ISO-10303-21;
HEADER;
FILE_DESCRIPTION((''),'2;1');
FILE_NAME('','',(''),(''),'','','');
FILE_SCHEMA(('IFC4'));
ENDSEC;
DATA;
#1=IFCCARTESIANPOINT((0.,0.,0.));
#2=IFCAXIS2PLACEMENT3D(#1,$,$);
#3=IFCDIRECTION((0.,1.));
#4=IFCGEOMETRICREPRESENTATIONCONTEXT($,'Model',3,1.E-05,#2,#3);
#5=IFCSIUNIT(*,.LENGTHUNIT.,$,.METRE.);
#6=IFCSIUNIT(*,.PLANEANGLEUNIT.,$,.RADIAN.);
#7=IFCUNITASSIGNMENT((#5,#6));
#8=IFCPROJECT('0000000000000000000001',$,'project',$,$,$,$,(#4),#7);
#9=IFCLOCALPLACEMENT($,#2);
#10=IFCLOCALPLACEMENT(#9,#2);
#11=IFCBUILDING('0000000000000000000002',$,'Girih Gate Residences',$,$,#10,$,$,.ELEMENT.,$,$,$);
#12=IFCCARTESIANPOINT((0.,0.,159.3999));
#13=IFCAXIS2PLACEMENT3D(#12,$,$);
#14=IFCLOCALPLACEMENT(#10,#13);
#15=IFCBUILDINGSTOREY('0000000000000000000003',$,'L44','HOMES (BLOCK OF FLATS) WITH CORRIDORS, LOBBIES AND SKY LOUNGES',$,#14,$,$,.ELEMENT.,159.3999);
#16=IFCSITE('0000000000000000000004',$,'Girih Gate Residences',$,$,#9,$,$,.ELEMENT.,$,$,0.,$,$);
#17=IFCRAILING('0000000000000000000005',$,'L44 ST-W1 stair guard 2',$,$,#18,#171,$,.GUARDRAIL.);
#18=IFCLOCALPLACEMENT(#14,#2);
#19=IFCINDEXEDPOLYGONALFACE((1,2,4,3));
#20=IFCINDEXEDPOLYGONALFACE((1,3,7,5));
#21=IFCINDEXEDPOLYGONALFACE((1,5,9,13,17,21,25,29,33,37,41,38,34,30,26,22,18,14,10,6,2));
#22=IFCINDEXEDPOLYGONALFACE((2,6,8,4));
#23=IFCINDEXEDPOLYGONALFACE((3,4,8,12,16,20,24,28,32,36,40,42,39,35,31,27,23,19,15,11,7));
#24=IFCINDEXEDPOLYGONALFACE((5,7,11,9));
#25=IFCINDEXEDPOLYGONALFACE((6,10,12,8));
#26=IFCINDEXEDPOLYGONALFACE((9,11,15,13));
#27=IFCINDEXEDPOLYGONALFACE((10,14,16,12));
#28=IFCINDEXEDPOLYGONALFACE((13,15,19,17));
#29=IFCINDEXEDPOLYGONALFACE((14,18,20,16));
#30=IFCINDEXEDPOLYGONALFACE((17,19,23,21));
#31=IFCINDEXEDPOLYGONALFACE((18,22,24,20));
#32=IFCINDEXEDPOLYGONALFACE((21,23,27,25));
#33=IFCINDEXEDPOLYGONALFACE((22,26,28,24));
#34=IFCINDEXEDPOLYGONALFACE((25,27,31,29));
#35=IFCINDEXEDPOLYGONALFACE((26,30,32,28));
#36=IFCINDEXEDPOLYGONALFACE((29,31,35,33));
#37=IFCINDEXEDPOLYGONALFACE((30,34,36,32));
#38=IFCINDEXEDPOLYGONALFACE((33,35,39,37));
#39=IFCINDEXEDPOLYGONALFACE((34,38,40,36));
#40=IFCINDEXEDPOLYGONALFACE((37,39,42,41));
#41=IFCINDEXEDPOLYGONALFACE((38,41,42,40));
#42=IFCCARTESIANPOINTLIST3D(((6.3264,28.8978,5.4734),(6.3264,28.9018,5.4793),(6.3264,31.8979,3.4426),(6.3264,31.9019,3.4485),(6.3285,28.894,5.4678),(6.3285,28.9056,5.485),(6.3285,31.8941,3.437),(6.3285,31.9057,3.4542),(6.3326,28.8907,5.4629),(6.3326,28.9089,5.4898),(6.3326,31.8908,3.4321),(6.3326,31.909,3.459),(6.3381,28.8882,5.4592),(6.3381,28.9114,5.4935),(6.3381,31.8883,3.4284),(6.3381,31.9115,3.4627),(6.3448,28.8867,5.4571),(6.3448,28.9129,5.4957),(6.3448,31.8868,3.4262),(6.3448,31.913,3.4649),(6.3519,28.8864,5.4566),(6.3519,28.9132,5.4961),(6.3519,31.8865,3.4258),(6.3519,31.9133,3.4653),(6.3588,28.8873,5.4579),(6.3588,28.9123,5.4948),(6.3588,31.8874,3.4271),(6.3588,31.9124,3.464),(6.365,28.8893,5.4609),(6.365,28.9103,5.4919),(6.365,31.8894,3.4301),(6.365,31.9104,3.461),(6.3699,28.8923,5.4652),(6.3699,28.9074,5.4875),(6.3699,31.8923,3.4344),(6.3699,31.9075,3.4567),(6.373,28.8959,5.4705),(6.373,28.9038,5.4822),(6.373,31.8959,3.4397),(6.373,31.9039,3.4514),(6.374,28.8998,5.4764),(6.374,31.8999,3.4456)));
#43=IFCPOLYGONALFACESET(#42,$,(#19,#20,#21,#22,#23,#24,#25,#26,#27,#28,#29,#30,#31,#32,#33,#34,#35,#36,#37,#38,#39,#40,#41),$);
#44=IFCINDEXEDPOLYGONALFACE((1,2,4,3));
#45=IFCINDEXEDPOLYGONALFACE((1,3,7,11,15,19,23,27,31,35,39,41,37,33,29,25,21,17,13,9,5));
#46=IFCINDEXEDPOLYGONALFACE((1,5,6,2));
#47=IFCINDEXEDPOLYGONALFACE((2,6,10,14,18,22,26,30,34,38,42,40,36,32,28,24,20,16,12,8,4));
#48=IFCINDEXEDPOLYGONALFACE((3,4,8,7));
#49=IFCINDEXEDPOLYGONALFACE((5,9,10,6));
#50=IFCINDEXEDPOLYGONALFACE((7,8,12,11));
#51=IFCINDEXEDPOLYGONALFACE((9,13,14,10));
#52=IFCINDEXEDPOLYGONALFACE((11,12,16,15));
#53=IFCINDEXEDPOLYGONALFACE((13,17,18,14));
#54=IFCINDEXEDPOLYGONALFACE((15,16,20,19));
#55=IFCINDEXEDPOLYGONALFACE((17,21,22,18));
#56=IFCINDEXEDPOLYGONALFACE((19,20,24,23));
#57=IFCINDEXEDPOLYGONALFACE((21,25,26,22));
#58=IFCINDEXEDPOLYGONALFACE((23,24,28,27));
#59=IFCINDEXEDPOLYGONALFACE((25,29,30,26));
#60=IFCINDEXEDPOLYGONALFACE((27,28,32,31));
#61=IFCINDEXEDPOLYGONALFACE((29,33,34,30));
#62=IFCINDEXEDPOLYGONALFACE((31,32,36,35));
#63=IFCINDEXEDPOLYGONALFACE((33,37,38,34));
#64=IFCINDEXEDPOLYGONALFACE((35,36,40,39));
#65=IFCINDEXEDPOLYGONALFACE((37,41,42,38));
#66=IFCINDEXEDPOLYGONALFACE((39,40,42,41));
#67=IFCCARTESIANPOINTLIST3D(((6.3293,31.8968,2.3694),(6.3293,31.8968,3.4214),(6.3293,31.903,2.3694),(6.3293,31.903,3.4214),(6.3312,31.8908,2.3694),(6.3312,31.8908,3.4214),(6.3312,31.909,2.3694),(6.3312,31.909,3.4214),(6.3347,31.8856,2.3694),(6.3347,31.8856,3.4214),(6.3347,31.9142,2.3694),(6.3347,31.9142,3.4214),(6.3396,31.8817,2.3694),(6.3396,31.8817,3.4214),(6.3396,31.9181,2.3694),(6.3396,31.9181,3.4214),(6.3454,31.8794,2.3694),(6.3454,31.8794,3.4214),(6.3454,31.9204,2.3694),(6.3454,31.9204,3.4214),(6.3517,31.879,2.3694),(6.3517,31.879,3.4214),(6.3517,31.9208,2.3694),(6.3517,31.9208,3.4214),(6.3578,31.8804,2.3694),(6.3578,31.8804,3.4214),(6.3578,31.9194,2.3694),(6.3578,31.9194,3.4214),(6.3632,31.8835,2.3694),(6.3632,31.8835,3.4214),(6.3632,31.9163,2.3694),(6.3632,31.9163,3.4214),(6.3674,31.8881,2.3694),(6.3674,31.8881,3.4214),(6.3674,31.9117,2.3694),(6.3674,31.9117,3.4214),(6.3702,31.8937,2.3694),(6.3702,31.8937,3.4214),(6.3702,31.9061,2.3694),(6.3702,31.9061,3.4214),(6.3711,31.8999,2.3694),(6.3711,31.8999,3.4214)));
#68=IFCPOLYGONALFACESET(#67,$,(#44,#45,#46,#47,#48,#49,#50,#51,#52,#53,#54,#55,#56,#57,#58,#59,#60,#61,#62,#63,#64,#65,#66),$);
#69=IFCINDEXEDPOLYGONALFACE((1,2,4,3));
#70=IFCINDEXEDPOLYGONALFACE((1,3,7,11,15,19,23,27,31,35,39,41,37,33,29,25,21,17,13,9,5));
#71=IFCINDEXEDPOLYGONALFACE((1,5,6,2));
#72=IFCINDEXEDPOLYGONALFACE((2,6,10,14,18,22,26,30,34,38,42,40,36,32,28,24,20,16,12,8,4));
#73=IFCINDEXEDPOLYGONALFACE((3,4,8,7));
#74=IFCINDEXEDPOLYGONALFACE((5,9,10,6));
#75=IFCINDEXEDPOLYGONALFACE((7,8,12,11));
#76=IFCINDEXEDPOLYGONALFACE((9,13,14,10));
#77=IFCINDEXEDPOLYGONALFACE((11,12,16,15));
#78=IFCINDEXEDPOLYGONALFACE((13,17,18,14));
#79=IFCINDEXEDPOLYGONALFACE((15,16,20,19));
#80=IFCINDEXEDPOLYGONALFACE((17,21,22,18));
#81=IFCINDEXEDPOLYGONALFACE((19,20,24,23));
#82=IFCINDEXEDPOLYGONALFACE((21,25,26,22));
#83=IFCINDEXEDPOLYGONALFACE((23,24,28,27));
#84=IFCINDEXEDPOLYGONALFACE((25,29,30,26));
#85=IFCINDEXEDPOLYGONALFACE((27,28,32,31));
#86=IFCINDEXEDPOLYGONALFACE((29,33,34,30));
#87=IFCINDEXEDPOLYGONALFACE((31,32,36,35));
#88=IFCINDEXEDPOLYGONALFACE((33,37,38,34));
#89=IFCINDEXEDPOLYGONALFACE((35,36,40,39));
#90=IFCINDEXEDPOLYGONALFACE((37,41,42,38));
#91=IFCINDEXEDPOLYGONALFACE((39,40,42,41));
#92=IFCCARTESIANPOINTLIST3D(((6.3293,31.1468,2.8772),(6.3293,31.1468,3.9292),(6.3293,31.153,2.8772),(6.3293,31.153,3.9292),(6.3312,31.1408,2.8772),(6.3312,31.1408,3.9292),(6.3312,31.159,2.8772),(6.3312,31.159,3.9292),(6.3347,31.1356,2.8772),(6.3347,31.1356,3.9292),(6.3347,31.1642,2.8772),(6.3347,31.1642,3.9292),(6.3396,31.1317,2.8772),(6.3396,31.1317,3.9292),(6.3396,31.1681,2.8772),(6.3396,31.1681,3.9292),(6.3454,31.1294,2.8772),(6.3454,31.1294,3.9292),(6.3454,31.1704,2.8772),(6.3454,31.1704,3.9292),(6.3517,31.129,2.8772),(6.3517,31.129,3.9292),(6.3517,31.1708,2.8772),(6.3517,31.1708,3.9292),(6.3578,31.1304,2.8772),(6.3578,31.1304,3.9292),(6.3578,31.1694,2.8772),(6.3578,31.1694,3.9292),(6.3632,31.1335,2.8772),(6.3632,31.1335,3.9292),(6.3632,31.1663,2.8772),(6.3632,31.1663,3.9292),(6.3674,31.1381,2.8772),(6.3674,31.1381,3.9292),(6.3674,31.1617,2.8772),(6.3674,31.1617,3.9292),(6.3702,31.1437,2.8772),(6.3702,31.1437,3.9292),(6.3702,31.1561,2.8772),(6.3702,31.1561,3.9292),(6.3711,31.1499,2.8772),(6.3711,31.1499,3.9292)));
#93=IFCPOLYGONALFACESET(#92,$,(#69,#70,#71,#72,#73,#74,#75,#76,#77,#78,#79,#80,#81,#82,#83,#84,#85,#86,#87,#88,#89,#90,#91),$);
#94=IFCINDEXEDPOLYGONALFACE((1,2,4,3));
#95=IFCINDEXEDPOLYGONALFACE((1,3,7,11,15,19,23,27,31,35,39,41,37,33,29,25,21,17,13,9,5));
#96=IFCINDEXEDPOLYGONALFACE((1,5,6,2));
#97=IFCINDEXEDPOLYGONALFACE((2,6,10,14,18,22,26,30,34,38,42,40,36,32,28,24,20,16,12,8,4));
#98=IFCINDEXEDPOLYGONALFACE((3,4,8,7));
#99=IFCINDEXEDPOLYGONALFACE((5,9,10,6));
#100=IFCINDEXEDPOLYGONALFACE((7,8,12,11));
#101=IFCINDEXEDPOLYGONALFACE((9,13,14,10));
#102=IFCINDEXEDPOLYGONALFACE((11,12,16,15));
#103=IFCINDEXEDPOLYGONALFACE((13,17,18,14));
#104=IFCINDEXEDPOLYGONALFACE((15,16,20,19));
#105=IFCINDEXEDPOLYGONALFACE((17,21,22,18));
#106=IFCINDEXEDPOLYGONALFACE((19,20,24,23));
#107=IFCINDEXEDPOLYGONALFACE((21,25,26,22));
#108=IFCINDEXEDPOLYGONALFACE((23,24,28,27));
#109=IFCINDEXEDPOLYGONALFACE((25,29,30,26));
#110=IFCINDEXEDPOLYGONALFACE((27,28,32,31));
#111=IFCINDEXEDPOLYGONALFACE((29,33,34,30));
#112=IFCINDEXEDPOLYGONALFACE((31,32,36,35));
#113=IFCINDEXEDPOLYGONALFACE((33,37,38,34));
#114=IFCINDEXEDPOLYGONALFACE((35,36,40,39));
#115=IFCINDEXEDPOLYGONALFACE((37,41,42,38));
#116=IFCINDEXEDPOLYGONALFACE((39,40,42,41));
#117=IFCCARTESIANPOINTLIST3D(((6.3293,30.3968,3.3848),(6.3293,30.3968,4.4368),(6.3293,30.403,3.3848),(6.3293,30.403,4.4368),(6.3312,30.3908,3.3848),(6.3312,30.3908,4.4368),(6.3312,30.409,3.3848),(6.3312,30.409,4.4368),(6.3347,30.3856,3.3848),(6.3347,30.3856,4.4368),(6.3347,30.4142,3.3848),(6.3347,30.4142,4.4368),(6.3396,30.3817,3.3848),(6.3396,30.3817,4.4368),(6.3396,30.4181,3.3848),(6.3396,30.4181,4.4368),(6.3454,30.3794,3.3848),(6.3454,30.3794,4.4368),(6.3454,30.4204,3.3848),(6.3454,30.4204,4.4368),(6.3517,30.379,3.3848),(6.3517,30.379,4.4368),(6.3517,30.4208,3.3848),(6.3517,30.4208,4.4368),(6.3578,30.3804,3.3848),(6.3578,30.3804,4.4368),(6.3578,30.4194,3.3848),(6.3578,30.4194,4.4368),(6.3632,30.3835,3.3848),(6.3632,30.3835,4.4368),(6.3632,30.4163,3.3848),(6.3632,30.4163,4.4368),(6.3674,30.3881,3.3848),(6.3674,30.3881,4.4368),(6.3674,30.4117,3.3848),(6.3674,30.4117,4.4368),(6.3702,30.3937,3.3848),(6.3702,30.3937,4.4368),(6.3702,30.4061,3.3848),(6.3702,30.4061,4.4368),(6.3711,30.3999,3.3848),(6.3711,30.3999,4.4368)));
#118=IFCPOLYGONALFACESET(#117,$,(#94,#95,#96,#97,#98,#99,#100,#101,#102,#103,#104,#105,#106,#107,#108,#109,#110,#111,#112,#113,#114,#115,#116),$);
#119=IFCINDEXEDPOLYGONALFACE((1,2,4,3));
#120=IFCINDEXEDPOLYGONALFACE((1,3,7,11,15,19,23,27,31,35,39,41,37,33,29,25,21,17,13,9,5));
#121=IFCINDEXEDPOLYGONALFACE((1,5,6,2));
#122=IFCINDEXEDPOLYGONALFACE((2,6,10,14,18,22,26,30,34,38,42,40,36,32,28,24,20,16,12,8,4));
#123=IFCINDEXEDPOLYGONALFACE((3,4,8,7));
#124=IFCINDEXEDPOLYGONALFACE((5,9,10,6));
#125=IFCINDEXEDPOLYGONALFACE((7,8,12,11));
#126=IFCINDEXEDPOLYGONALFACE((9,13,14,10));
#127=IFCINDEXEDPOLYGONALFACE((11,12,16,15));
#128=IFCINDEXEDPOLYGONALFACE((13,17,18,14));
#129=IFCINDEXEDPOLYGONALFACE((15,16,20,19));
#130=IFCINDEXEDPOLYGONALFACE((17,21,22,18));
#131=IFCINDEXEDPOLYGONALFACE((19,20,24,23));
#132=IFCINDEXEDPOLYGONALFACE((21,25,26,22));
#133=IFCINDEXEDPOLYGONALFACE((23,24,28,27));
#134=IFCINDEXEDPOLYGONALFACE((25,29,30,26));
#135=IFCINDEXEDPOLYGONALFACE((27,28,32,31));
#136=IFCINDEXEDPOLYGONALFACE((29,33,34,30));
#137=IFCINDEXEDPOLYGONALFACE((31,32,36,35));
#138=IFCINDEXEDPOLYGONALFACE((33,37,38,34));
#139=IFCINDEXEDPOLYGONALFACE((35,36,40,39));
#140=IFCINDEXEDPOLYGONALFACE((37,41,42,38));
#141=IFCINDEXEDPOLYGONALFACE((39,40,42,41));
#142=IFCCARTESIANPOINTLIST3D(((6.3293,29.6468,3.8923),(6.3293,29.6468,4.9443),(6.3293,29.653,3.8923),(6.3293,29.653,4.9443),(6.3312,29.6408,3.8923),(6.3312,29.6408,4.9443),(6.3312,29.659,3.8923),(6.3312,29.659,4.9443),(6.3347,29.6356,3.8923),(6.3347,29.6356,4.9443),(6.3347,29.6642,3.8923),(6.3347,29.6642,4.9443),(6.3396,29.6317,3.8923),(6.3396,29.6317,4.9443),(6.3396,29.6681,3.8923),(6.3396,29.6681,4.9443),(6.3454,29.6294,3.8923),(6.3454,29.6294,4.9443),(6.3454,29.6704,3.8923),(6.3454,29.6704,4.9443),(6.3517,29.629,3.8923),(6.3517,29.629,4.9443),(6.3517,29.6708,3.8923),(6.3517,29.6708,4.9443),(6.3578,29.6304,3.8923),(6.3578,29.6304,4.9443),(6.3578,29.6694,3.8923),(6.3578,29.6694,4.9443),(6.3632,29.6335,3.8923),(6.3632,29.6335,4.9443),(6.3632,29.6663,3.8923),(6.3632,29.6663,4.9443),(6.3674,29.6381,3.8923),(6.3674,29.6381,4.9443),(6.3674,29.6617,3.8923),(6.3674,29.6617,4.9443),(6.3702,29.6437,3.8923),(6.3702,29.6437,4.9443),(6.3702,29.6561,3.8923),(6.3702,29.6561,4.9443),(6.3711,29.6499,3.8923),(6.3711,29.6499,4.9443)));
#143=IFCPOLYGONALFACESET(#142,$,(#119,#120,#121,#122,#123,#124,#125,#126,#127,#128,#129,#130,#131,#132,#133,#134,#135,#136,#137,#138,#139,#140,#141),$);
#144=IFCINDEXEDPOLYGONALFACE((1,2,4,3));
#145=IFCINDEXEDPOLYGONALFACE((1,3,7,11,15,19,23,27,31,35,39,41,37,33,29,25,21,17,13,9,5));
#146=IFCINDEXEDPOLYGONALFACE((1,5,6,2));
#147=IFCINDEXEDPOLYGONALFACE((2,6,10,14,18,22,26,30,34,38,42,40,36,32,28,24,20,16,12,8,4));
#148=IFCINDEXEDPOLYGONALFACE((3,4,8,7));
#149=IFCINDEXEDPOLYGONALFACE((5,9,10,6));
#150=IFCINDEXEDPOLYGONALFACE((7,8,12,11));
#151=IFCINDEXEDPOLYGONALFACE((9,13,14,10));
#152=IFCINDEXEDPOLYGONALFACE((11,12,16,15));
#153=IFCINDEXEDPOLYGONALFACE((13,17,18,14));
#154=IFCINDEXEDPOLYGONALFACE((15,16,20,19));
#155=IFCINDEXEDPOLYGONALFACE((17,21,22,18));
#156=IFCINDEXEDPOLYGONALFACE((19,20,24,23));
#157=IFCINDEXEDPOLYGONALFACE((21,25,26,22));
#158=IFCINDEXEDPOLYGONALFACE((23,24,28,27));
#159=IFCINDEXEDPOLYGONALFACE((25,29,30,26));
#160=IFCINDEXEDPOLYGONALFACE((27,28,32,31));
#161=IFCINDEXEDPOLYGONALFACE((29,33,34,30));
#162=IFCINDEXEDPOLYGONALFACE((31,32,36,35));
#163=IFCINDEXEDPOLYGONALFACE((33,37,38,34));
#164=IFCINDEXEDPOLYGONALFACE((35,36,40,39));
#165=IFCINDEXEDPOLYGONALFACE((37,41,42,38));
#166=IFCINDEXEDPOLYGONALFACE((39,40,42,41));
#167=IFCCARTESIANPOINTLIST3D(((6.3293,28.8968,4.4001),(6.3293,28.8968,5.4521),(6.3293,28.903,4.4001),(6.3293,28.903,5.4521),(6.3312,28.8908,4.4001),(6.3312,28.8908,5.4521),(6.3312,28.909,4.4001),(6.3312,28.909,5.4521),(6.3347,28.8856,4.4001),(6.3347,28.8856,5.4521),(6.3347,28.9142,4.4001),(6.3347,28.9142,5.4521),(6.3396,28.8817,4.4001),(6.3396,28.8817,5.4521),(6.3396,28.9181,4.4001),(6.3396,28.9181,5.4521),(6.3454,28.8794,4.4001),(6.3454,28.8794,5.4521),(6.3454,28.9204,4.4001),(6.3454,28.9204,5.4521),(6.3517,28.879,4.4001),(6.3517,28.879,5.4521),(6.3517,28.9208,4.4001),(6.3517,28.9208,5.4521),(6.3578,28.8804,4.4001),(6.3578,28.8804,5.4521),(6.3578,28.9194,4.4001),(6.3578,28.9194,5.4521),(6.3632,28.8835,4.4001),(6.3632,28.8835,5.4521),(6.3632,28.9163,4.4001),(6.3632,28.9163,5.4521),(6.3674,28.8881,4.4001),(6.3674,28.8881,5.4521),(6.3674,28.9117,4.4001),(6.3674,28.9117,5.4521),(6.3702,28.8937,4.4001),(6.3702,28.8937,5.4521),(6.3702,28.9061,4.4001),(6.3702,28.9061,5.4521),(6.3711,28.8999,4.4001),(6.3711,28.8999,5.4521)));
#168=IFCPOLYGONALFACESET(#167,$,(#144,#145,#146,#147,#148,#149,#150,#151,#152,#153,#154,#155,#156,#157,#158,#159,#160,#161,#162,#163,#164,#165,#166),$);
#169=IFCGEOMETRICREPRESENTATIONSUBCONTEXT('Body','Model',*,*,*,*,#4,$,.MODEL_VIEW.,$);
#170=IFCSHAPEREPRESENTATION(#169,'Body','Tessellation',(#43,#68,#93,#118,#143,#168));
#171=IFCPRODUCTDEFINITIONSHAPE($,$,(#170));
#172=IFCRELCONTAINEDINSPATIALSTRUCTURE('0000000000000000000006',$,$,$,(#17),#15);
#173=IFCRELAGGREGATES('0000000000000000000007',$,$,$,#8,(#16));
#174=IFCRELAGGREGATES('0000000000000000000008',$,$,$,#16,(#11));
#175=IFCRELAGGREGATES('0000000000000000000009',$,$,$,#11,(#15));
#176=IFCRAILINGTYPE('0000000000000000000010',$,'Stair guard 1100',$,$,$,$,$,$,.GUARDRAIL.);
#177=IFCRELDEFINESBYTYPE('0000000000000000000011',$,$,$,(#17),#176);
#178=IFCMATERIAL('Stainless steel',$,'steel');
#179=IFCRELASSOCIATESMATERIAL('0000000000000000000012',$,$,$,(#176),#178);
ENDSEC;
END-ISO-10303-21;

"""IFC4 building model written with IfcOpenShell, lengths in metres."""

from ifc_helpers import new_model, si_unit, direction, frame, origin, origin_2d, place, context, subcontext, project, spatial, circle, extrude, material, type_object, element, save


model = new_model("IFC4")

# Units and contexts
model_context = context("Model", 3, precision=1e-05, world=origin(), true_north=direction((0.0, 1.0)))
body_context = subcontext(model_context, "Body", "Model", "MODEL_VIEW")
ifc_project = project(units=[si_unit("LENGTHUNIT", "METRE"), si_unit("PLANEANGLEUNIT", "RADIAN")], contexts=[model_context])

# Site, building, storey
site_placement = place(None, origin())
site = spatial("IfcSite", under=ifc_project, at=site_placement, Name="Girih Gate Residences", CompositionType="ELEMENT", RefElevation=0.0)
building_placement = place(site_placement, origin())
building = spatial("IfcBuilding", under=site, at=building_placement, Name="Girih Gate Residences", CompositionType="ELEMENT")
storey_placement = place(building_placement, frame((0.0, 0.0, 159.3999)))
storey = spatial("IfcBuildingStorey", under=building, at=storey_placement, Name="L44", Description="HOMES (BLOCK OF FLATS) WITH CORRIDORS, LOBBIES AND SKY LOUNGES", CompositionType="ELEMENT", Elevation=159.3999)

# Railing
ifc_material_1 = material(Name="Stainless steel", Category="steel")
railing_type_1 = type_object("IfcRailingType", Name="Stair guard 1100", PredefinedType="GUARDRAIL", material=ifc_material_1)
railing_1_placement = place(storey_placement, frame((6.3501, 31.8999, 2.3694)))
element("IfcRailing", 1, at=railing_1_placement, inside=storey, type_object=railing_type_1, Name="L44 ST-W1 stair guard 2", PredefinedType="GUARDRAIL", context=body_context, shape_type="SweptSolid", body=[
    extrude(circle(Radius=0.0239, at=origin_2d()), frame((0.0, 0.0, 1.0762), z_axis=(0.0, -0.82811, 0.560565), x_axis=(1.0, 0.0, 0.0)), (0.0, 0.0, 1.0), 3.6228),
    extrude(circle(Radius=0.021, at=origin_2d()), origin(), (0.0, 0.0, 1.0), 1.052),
    extrude(circle(Radius=0.021, at=origin_2d()), frame((0.0, -0.75, 0.5078)), (0.0, 0.0, 1.0), 1.052),
    extrude(circle(Radius=0.021, at=origin_2d()), frame((0.0, -1.5, 1.0154)), (0.0, 0.0, 1.0), 1.052),
    extrude(circle(Radius=0.021, at=origin_2d()), frame((0.0, -2.25, 1.5229)), (0.0, 0.0, 1.0), 1.052),
    extrude(circle(Radius=0.021, at=origin_2d()), frame((0.0, -3.0, 2.0308)), (0.0, 0.0, 1.0), 1.052),
])

save(model, "model.ifc")
